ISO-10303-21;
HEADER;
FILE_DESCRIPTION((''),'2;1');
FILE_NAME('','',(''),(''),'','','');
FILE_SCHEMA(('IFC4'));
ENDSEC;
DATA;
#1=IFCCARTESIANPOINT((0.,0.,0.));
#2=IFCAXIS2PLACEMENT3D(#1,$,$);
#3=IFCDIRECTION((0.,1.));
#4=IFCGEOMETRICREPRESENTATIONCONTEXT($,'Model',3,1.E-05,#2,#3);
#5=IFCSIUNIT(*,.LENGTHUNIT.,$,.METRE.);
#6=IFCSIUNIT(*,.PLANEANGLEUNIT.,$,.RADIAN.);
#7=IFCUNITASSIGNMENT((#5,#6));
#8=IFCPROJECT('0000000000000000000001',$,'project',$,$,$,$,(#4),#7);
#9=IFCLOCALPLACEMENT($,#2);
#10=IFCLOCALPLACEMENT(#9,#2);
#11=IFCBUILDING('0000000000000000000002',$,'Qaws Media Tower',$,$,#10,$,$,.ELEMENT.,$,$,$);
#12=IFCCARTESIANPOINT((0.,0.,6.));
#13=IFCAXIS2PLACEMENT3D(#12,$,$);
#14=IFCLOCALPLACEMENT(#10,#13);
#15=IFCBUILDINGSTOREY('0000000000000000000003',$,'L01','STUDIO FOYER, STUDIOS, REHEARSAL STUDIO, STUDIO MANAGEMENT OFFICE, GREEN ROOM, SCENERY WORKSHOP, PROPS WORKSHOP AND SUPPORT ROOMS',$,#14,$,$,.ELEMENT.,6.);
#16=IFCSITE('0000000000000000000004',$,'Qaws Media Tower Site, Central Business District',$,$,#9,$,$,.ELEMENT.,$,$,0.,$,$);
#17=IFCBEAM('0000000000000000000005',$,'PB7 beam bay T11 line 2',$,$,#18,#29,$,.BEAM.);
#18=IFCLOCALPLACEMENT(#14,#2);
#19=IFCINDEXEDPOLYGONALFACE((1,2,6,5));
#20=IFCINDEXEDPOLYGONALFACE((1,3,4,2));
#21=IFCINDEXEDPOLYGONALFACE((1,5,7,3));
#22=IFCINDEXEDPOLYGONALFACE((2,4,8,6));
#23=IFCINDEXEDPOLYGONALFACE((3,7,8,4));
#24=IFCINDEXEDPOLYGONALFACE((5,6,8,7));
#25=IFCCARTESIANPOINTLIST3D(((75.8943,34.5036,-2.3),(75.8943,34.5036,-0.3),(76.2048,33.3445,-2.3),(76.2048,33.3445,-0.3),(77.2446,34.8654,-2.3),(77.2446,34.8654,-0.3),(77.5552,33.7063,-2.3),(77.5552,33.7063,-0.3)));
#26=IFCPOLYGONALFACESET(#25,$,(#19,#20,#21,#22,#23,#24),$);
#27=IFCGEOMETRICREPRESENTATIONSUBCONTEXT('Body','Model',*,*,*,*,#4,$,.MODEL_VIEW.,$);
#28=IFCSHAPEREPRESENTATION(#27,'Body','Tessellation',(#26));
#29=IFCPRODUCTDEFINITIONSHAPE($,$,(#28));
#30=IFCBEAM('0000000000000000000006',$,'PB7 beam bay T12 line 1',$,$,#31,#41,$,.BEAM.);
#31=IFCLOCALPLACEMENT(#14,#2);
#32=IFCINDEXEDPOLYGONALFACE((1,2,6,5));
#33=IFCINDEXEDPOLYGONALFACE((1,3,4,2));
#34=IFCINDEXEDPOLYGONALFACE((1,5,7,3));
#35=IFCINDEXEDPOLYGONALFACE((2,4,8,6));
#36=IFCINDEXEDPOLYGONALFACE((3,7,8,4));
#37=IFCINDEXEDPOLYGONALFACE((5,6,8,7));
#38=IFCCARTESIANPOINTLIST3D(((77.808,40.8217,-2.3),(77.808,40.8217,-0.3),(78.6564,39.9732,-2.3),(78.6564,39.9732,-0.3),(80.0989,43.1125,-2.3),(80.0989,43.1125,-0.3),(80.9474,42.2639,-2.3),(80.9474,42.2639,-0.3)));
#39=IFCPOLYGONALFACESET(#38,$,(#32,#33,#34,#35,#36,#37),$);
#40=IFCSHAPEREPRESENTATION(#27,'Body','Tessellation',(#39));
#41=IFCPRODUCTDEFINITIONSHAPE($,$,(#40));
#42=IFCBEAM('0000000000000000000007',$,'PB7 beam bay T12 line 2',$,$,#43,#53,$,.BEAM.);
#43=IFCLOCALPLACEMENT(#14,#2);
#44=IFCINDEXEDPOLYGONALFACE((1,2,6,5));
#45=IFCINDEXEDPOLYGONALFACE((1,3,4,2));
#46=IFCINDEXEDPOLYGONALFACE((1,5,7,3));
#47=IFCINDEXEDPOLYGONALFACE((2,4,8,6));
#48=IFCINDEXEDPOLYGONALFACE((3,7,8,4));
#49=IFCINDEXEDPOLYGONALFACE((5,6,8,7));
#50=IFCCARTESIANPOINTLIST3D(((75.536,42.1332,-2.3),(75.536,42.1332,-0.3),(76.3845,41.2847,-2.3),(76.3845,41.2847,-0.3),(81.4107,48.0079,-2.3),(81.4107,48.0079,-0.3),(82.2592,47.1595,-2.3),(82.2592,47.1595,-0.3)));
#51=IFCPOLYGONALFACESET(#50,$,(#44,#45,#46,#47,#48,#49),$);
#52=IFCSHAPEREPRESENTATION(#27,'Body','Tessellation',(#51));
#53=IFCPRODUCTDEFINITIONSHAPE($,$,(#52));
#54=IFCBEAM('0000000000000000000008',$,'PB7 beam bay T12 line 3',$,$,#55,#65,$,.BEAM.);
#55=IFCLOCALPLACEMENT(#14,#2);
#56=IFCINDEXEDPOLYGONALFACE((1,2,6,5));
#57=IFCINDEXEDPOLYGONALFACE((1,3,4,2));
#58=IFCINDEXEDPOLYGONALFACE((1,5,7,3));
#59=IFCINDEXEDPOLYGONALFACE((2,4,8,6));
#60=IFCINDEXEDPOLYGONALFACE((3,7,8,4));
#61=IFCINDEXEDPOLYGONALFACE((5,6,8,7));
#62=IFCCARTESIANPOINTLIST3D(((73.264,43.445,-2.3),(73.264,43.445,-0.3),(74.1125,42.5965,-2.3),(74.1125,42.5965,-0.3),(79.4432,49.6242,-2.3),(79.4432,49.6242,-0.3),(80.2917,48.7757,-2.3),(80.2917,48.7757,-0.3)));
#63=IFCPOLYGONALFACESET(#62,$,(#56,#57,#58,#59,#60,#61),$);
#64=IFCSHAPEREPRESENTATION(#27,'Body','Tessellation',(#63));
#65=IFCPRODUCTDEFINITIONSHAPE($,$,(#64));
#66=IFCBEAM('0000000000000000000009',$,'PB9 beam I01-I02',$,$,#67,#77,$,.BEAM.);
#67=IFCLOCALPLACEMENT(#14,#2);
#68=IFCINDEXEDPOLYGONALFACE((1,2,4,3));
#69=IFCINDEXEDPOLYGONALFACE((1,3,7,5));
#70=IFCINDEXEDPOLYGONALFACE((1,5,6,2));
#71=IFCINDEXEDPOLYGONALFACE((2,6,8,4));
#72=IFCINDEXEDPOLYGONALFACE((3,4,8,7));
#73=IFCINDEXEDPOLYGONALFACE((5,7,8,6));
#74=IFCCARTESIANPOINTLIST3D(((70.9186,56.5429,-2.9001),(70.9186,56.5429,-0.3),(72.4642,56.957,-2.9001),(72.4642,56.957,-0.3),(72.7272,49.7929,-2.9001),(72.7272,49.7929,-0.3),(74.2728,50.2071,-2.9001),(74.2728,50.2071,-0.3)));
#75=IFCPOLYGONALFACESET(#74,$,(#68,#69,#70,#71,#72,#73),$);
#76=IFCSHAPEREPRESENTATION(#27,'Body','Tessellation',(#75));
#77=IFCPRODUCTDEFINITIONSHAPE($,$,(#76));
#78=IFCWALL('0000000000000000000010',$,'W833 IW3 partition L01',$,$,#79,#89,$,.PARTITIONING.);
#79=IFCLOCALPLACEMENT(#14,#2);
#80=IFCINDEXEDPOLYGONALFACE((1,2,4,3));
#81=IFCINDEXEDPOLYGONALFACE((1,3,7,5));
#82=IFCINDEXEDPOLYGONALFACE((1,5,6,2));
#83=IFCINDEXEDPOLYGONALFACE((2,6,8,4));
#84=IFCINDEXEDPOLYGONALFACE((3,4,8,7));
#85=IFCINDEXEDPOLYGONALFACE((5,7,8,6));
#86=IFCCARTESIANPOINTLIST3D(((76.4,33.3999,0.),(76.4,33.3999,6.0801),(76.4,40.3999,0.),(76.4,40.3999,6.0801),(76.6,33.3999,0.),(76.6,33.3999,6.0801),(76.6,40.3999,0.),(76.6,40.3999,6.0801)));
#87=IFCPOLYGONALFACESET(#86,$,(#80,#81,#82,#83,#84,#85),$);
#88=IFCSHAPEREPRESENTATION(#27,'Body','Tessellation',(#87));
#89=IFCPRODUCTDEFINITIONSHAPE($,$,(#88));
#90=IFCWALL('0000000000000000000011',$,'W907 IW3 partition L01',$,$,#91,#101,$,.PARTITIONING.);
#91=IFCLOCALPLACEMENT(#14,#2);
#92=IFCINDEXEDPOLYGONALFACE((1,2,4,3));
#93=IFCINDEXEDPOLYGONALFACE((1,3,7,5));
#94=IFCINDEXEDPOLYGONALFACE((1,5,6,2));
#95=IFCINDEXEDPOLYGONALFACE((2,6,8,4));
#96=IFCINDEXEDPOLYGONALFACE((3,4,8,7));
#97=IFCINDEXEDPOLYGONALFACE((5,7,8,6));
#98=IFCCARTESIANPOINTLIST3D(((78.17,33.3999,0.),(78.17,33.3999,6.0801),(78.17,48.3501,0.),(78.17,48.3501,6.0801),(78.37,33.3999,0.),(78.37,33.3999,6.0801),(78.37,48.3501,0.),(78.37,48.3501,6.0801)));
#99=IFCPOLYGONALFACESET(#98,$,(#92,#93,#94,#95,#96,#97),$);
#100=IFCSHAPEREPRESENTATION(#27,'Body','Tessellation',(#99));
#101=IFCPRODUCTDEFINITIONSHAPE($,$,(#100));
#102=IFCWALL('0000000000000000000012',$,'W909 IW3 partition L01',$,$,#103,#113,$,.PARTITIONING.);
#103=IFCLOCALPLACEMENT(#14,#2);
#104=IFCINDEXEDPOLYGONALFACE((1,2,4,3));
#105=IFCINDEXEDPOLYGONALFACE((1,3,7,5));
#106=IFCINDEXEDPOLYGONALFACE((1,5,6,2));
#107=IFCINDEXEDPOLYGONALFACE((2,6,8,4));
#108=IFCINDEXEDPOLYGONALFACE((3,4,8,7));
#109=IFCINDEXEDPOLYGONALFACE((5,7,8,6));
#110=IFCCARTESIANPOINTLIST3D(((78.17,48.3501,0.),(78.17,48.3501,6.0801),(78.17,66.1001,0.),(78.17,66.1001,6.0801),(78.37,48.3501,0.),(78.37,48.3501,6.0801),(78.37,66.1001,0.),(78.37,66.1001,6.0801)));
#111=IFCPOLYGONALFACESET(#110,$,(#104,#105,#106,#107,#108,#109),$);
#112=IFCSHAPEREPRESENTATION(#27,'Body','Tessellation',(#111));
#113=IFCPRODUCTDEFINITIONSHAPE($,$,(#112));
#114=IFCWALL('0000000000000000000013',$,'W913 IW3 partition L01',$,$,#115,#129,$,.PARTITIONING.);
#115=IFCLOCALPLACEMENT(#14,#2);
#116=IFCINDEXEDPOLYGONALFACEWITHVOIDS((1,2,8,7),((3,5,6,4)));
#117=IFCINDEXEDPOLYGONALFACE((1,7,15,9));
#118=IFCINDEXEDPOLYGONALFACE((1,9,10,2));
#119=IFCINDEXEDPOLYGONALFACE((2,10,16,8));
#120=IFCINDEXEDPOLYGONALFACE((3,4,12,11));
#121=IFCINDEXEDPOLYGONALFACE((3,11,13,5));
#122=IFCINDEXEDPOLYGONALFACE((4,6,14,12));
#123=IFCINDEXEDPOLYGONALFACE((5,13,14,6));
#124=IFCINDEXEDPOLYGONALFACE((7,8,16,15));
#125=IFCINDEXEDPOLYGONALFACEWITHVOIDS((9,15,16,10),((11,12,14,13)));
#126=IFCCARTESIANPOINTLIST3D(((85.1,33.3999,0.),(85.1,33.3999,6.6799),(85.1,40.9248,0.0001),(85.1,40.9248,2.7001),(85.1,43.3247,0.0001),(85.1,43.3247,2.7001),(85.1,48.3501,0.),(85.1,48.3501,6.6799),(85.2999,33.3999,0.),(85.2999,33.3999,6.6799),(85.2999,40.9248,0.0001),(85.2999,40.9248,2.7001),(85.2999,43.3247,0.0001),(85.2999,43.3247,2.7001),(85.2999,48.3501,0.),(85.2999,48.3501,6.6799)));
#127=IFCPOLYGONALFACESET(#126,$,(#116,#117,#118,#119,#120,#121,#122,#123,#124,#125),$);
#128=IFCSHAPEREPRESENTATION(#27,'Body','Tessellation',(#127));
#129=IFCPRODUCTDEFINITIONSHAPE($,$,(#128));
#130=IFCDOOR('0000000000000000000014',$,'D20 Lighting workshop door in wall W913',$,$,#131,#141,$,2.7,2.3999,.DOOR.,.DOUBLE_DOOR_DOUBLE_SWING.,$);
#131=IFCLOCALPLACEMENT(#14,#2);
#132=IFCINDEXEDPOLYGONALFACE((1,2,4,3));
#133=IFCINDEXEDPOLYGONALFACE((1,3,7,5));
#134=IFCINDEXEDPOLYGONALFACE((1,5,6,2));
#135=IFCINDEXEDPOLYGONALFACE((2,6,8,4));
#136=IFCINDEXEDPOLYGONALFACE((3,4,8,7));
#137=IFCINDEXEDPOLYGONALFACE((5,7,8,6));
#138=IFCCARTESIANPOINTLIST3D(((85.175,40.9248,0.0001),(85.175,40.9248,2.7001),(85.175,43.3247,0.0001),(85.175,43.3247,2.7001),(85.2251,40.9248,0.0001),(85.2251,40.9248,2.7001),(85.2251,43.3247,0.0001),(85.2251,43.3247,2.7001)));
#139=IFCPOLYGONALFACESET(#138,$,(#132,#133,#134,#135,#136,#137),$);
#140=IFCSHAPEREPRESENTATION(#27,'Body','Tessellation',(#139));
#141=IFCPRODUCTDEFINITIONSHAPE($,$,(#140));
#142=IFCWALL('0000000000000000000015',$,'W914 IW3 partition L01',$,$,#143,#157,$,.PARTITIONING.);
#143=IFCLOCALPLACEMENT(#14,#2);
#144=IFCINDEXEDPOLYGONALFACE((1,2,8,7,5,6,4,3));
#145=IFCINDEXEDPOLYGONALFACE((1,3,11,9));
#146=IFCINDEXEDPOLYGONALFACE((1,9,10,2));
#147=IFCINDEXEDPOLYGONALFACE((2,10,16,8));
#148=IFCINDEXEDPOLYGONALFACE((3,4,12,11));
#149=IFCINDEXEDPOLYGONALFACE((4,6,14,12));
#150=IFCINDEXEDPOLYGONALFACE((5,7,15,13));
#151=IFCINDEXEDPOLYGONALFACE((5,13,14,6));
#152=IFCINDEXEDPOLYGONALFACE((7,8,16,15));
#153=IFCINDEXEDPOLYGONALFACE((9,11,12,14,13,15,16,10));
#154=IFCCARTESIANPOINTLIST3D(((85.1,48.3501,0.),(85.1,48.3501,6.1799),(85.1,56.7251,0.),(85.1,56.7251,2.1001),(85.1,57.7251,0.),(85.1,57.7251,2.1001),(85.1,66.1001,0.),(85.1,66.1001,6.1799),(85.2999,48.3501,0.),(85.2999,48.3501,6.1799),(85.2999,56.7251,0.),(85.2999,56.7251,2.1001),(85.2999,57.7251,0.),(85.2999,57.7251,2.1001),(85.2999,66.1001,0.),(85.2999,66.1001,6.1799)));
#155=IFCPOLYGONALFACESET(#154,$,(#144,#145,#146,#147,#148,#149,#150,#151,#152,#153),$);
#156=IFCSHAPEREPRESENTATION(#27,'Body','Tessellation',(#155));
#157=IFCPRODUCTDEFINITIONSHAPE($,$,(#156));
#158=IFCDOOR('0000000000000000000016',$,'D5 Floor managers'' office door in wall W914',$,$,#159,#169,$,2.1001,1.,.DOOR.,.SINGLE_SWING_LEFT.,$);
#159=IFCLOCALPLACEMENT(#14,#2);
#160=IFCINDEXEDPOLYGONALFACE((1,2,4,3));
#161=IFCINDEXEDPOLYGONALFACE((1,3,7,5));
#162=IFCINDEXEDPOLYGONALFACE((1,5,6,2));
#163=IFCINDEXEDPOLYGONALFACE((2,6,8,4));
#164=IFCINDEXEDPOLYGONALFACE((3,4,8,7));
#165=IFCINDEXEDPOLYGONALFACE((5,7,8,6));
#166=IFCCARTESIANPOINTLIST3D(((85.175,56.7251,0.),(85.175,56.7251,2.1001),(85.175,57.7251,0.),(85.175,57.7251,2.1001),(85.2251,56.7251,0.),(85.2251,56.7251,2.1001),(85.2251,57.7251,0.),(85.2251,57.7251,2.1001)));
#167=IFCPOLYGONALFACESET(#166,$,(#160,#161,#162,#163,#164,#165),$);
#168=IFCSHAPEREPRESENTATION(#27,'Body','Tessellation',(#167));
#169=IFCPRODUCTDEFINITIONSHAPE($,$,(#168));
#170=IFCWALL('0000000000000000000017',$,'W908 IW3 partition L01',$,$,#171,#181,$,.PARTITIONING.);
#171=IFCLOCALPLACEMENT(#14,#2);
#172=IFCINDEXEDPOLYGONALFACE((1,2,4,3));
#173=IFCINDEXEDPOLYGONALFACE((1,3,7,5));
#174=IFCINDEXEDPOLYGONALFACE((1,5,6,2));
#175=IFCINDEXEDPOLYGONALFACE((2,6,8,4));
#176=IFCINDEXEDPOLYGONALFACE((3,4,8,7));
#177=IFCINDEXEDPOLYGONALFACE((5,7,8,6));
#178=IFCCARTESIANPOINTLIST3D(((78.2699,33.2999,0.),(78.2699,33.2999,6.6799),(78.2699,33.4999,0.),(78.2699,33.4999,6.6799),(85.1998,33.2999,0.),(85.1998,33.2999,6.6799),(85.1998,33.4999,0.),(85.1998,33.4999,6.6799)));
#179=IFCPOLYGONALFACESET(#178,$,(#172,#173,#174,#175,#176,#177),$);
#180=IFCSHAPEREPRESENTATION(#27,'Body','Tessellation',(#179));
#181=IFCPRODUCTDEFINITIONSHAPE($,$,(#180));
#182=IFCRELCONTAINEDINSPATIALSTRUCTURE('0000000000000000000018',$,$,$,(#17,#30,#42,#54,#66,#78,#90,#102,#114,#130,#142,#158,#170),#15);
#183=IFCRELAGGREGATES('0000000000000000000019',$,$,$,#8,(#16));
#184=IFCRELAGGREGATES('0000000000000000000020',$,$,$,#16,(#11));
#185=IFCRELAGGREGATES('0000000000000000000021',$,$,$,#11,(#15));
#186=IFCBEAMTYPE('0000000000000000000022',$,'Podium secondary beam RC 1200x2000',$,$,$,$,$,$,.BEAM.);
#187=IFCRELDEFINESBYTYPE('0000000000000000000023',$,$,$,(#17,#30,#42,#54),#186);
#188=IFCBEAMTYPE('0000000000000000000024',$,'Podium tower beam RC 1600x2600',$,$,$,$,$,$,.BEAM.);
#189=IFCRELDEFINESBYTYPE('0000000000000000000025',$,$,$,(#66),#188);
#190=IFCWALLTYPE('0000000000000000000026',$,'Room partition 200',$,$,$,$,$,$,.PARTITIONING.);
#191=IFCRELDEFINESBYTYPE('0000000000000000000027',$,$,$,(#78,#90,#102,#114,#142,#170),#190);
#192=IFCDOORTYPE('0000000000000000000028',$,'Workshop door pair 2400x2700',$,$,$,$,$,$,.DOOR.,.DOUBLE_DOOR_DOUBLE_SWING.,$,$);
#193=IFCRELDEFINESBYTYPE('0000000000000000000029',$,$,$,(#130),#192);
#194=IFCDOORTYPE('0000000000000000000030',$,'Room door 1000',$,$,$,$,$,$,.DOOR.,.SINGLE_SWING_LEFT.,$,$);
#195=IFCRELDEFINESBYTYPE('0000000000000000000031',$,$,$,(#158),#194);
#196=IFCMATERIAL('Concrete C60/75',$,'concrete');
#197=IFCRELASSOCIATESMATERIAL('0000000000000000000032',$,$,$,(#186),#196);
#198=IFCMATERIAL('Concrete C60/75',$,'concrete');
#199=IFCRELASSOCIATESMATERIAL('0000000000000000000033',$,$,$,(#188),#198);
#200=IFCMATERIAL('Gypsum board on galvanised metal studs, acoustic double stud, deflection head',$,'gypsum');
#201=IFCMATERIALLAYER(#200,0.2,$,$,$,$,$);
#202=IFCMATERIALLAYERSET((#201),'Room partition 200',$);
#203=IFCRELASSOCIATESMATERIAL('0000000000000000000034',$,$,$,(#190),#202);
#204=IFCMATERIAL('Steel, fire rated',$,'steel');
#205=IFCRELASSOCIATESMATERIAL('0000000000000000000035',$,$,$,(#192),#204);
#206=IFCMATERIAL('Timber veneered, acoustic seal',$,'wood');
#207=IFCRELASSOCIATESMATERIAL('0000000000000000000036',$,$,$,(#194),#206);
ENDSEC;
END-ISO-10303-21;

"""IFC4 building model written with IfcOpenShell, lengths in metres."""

from ifc_helpers import new_model, si_unit, direction, frame, frame_2d, origin, origin_2d, place, context, subcontext, project, spatial, rectangle, extrude, material, layer, layer_set, material_profile, profile_set, type_object, element, fill, save


model = new_model("IFC4")

# Units and contexts
model_context = context("Model", 3, precision=1e-05, world=origin(), true_north=direction((0.0, 1.0)))
body_context = subcontext(model_context, "Body", "Model", "MODEL_VIEW")
ifc_project = project(units=[si_unit("LENGTHUNIT", "METRE"), si_unit("PLANEANGLEUNIT", "RADIAN")], contexts=[model_context])

# Site, building, storey
site_placement = place(None, origin())
site = spatial("IfcSite", under=ifc_project, at=site_placement, Name="Qaws Media Tower Site, Central Business District", CompositionType="ELEMENT", RefElevation=0.0)
building_placement = place(site_placement, origin())
building = spatial("IfcBuilding", under=site, at=building_placement, Name="Qaws Media Tower", CompositionType="ELEMENT")
storey_placement = place(building_placement, frame((0.0, 0.0, 6.0)))
storey = spatial("IfcBuildingStorey", under=building, at=storey_placement, Name="L01", Description="STUDIO FOYER, STUDIOS, REHEARSAL STUDIO, STUDIO MANAGEMENT OFFICE, GREEN ROOM, SCENERY WORKSHOP, PROPS WORKSHOP AND SUPPORT ROOMS", CompositionType="ELEMENT", Elevation=6.0)

# Beams
ifc_material_1 = material(Name="Concrete C60/75", Category="concrete")
ifc_material_profile_1 = material_profile(ifc_material_1, rectangle(XDim=1.2, YDim=2.0, at=origin_2d()), Name="RC 1200x2000")
ifc_profile_set_1 = profile_set([ifc_material_profile_1], Name="Concrete C60/75")
beam_type_1 = type_object("IfcBeamType", Name="Podium secondary beam RC 1200x2000", PredefinedType="BEAM", material=ifc_profile_set_1)
beam_1_placement = place(storey_placement, frame((76.0496, 33.9241, -1.3), z_axis=(0.965927, 0.258815, 0.0), x_axis=(-0.258815, 0.965927, 0.0)))
element("IfcBeam", 1, at=beam_1_placement, inside=storey, type_object=beam_type_1, Name="PB7 beam bay T11 line 2", PredefinedType="BEAM", context=body_context, shape_type="SweptSolid", body=[
    extrude(rectangle(XDim=1.2, YDim=2.0, at=origin_2d()), origin(), (0.0, 0.0, 1.0), 1.3979),
])
beam_2_placement = place(storey_placement, frame((78.2322, 40.3975, -1.3), z_axis=(0.707144, 0.707069, 0.0), x_axis=(-0.707069, 0.707144, 0.0)))
element("IfcBeam", 2, at=beam_2_placement, inside=storey, type_object=beam_type_1, Name="PB7 beam bay T12 line 1", PredefinedType="BEAM", context=body_context, shape_type="SweptSolid", body=[
    extrude(rectangle(XDim=1.2, YDim=2.0, at=origin_2d()), origin(), (0.0, 0.0, 1.0), 3.2397),
])
beam_3_placement = place(storey_placement, frame((75.9602, 41.709, -1.3), z_axis=(0.707107, 0.707107, 0.0), x_axis=(-0.707107, 0.707107, 0.0)))
element("IfcBeam", 3, at=beam_3_placement, inside=storey, type_object=beam_type_1, Name="PB7 beam bay T12 line 2", PredefinedType="BEAM", context=body_context, shape_type="SweptSolid", body=[
    extrude(rectangle(XDim=1.2, YDim=2.0, at=origin_2d()), origin(), (0.0, 0.0, 1.0), 8.3081),
])
beam_4_placement = place(storey_placement, frame((73.6882, 43.0208, -1.3), z_axis=(0.707107, 0.707107, 0.0), x_axis=(-0.707107, 0.707107, 0.0)))
element("IfcBeam", 4, at=beam_4_placement, inside=storey, type_object=beam_type_1, Name="PB7 beam bay T12 line 3", PredefinedType="BEAM", context=body_context, shape_type="SweptSolid", body=[
    extrude(rectangle(XDim=1.2, YDim=2.0, at=origin_2d()), origin(), (0.0, 0.0, 1.0), 8.7388),
])
ifc_material_2 = material(Name="Concrete C60/75", Category="concrete")
ifc_material_profile_2 = material_profile(ifc_material_2, rectangle(XDim=1.6001, YDim=2.6001, at=origin_2d()), Name="RC 1600x2600")
ifc_profile_set_2 = profile_set([ifc_material_profile_2], Name="Concrete C60/75")
beam_type_2 = type_object("IfcBeamType", Name="Podium tower beam RC 1600x2600", PredefinedType="BEAM", material=ifc_profile_set_2)
beam_5_placement = place(storey_placement, frame((73.5, 50.0, -1.6001), z_axis=(-0.258811, 0.965928, 0.0), x_axis=(-0.965928, -0.258811, 0.0)))
element("IfcBeam", 5, at=beam_5_placement, inside=storey, type_object=beam_type_2, Name="PB9 beam I01-I02", PredefinedType="BEAM", context=body_context, shape_type="SweptSolid", body=[
    extrude(rectangle(XDim=1.6001, YDim=2.6001, at=origin_2d()), origin(), (0.0, 0.0, 1.0), 6.988),
])

# Walls
ifc_material_3 = material(Name="Gypsum board on galvanised metal studs, acoustic double stud, deflection head", Category="gypsum")
ifc_layer = layer(ifc_material_3, 0.2)
ifc_layer_set = layer_set([ifc_layer], Name="Room partition 200")
wall_type = type_object("IfcWallType", Name="Room partition 200", PredefinedType="PARTITIONING", material=ifc_layer_set)
wall_1_placement = place(storey_placement, frame((76.5, 33.3999, 0.0), z_axis=(0.0, 0.0, 1.0), x_axis=(0.0, 1.0, 0.0)))
element("IfcWall", 6, at=wall_1_placement, inside=storey, type_object=wall_type, Name="W833 IW3 partition L01", PredefinedType="PARTITIONING", context=body_context, shape_type="SweptSolid", body=[
    extrude(rectangle(XDim=7.0, YDim=0.2, at=frame_2d((3.5, 0.0))), origin(), (0.0, 0.0, 1.0), 6.0801),
])
wall_2_placement = place(storey_placement, frame((78.27, 33.3999, 0.0), z_axis=(0.0, 0.0, 1.0), x_axis=(0.0, 1.0, 0.0)))
element("IfcWall", 7, at=wall_2_placement, inside=storey, type_object=wall_type, Name="W907 IW3 partition L01", PredefinedType="PARTITIONING", context=body_context, shape_type="SweptSolid", body=[
    extrude(rectangle(XDim=14.9502, YDim=0.2, at=frame_2d((7.4751, 0.0))), origin(), (0.0, 0.0, 1.0), 6.0801),
])
wall_3_placement = place(storey_placement, frame((78.27, 48.3501, 0.0), z_axis=(0.0, 0.0, 1.0), x_axis=(0.0, 1.0, 0.0)))
element("IfcWall", 8, at=wall_3_placement, inside=storey, type_object=wall_type, Name="W909 IW3 partition L01", PredefinedType="PARTITIONING", context=body_context, shape_type="SweptSolid", body=[
    extrude(rectangle(XDim=17.75, YDim=0.2, at=frame_2d((8.875, 0.0))), origin(), (0.0, 0.0, 1.0), 6.0801),
])

# Walls, openings, doors
wall_4_placement = place(storey_placement, frame((85.2, 33.3999, 0.0), z_axis=(0.0, 0.0, 1.0), x_axis=(0.0, 1.0, 0.0)))
wall_4 = element("IfcWall", 9, at=wall_4_placement, inside=storey, type_object=wall_type, Name="W913 IW3 partition L01", PredefinedType="PARTITIONING", context=body_context, shape_type="SweptSolid", body=[
    extrude(rectangle(XDim=14.9502, YDim=0.2, at=frame_2d((7.4751, 0.0))), origin(), (0.0, 0.0, 1.0), 6.6799),
])
opening_1_placement = place(wall_4_placement, frame((7.5249, 0.0, 0.0)))
opening_1 = element("IfcOpeningElement", 10, at=opening_1_placement, cuts=wall_4, PredefinedType="OPENING", context=body_context, shape_type="SweptSolid", body=[
    extrude(rectangle(XDim=2.3999, YDim=2.7, at=frame_2d((1.2, 1.3501))), frame((0.0, 0.1099, 0.0), z_axis=(0.0, -1.0, 0.0), x_axis=(1.0, 0.0, 0.0)), (0.0, 0.0, 1.0), 0.22),
])
ifc_material_4 = material(Name="Steel, fire rated", Category="steel")
door_type_1 = type_object("IfcDoorType", Name="Workshop door pair 2400x2700", OperationType="DOUBLE_DOOR_DOUBLE_SWING", PredefinedType="DOOR", material=ifc_material_4)
door_1_placement = place(opening_1_placement, origin())
door_1 = element("IfcDoor", 11, at=door_1_placement, inside=storey, type_object=door_type_1, Name="D20 Lighting workshop door in wall W913", OperationType="DOUBLE_DOOR_DOUBLE_SWING", OverallHeight=2.7, OverallWidth=2.3999, PredefinedType="DOOR", context=body_context, shape_type="SweptSolid", body=[
    extrude(rectangle(XDim=2.3999, YDim=2.7, at=frame_2d((1.2, 1.3501))), frame((0.0, 0.0249, 0.0), z_axis=(0.0, -1.0, 0.0), x_axis=(1.0, 0.0, 0.0)), (0.0, 0.0, 1.0), 0.05),
])
fill(opening_1, door_1)
wall_5_placement = place(storey_placement, frame((85.2, 48.3501, 0.0), z_axis=(0.0, 0.0, 1.0), x_axis=(0.0, 1.0, 0.0)))
wall_5 = element("IfcWall", 12, at=wall_5_placement, inside=storey, type_object=wall_type, Name="W914 IW3 partition L01", PredefinedType="PARTITIONING", context=body_context, shape_type="SweptSolid", body=[
    extrude(rectangle(XDim=17.75, YDim=0.2, at=frame_2d((8.875, 0.0))), origin(), (0.0, 0.0, 1.0), 6.1799),
])
opening_2_placement = place(wall_5_placement, frame((8.375, 0.0, 0.0)))
opening_2 = element("IfcOpeningElement", 13, at=opening_2_placement, cuts=wall_5, PredefinedType="OPENING", context=body_context, shape_type="SweptSolid", body=[
    extrude(rectangle(XDim=1.0, YDim=2.1001, at=frame_2d((0.5, 1.05))), frame((0.0, 0.1099, 0.0), z_axis=(0.0, -1.0, 0.0), x_axis=(1.0, 0.0, 0.0)), (0.0, 0.0, 1.0), 0.22),
])
ifc_material_5 = material(Name="Timber veneered, acoustic seal", Category="wood")
door_type_2 = type_object("IfcDoorType", Name="Room door 1000", OperationType="SINGLE_SWING_LEFT", PredefinedType="DOOR", material=ifc_material_5)
door_2_placement = place(opening_2_placement, origin())
door_2 = element("IfcDoor", 14, at=door_2_placement, inside=storey, type_object=door_type_2, Name="D5 Floor managers' office door in wall W914", OperationType="SINGLE_SWING_LEFT", OverallHeight=2.1001, OverallWidth=1.0, PredefinedType="DOOR", context=body_context, shape_type="SweptSolid", body=[
    extrude(rectangle(XDim=1.0, YDim=2.1001, at=frame_2d((0.5, 1.05))), frame((0.0, 0.0249, 0.0), z_axis=(0.0, -1.0, 0.0), x_axis=(1.0, 0.0, 0.0)), (0.0, 0.0, 1.0), 0.05),
])
fill(opening_2, door_2)

# Wall
for number, where, z_axis, x_axis, name in (
    (15, (78.27, 33.3999, 0.0), (0.0, 0.0, 1.0), (1.0, 0.0, 0.0), "W908 IW3 partition L01"),
):
    element("IfcWall", number, at=place(storey_placement, frame(where, z_axis=z_axis, x_axis=x_axis)), inside=storey, type_object=wall_type, Name=name, PredefinedType="PARTITIONING", context=body_context, shape_type="SweptSolid", body=[
        extrude(rectangle(XDim=6.9299, YDim=0.2, at=frame_2d((3.4648, 0.0))), origin(), (0.0, 0.0, 1.0), 6.6799),
    ])

save(model, "model.ifc")
